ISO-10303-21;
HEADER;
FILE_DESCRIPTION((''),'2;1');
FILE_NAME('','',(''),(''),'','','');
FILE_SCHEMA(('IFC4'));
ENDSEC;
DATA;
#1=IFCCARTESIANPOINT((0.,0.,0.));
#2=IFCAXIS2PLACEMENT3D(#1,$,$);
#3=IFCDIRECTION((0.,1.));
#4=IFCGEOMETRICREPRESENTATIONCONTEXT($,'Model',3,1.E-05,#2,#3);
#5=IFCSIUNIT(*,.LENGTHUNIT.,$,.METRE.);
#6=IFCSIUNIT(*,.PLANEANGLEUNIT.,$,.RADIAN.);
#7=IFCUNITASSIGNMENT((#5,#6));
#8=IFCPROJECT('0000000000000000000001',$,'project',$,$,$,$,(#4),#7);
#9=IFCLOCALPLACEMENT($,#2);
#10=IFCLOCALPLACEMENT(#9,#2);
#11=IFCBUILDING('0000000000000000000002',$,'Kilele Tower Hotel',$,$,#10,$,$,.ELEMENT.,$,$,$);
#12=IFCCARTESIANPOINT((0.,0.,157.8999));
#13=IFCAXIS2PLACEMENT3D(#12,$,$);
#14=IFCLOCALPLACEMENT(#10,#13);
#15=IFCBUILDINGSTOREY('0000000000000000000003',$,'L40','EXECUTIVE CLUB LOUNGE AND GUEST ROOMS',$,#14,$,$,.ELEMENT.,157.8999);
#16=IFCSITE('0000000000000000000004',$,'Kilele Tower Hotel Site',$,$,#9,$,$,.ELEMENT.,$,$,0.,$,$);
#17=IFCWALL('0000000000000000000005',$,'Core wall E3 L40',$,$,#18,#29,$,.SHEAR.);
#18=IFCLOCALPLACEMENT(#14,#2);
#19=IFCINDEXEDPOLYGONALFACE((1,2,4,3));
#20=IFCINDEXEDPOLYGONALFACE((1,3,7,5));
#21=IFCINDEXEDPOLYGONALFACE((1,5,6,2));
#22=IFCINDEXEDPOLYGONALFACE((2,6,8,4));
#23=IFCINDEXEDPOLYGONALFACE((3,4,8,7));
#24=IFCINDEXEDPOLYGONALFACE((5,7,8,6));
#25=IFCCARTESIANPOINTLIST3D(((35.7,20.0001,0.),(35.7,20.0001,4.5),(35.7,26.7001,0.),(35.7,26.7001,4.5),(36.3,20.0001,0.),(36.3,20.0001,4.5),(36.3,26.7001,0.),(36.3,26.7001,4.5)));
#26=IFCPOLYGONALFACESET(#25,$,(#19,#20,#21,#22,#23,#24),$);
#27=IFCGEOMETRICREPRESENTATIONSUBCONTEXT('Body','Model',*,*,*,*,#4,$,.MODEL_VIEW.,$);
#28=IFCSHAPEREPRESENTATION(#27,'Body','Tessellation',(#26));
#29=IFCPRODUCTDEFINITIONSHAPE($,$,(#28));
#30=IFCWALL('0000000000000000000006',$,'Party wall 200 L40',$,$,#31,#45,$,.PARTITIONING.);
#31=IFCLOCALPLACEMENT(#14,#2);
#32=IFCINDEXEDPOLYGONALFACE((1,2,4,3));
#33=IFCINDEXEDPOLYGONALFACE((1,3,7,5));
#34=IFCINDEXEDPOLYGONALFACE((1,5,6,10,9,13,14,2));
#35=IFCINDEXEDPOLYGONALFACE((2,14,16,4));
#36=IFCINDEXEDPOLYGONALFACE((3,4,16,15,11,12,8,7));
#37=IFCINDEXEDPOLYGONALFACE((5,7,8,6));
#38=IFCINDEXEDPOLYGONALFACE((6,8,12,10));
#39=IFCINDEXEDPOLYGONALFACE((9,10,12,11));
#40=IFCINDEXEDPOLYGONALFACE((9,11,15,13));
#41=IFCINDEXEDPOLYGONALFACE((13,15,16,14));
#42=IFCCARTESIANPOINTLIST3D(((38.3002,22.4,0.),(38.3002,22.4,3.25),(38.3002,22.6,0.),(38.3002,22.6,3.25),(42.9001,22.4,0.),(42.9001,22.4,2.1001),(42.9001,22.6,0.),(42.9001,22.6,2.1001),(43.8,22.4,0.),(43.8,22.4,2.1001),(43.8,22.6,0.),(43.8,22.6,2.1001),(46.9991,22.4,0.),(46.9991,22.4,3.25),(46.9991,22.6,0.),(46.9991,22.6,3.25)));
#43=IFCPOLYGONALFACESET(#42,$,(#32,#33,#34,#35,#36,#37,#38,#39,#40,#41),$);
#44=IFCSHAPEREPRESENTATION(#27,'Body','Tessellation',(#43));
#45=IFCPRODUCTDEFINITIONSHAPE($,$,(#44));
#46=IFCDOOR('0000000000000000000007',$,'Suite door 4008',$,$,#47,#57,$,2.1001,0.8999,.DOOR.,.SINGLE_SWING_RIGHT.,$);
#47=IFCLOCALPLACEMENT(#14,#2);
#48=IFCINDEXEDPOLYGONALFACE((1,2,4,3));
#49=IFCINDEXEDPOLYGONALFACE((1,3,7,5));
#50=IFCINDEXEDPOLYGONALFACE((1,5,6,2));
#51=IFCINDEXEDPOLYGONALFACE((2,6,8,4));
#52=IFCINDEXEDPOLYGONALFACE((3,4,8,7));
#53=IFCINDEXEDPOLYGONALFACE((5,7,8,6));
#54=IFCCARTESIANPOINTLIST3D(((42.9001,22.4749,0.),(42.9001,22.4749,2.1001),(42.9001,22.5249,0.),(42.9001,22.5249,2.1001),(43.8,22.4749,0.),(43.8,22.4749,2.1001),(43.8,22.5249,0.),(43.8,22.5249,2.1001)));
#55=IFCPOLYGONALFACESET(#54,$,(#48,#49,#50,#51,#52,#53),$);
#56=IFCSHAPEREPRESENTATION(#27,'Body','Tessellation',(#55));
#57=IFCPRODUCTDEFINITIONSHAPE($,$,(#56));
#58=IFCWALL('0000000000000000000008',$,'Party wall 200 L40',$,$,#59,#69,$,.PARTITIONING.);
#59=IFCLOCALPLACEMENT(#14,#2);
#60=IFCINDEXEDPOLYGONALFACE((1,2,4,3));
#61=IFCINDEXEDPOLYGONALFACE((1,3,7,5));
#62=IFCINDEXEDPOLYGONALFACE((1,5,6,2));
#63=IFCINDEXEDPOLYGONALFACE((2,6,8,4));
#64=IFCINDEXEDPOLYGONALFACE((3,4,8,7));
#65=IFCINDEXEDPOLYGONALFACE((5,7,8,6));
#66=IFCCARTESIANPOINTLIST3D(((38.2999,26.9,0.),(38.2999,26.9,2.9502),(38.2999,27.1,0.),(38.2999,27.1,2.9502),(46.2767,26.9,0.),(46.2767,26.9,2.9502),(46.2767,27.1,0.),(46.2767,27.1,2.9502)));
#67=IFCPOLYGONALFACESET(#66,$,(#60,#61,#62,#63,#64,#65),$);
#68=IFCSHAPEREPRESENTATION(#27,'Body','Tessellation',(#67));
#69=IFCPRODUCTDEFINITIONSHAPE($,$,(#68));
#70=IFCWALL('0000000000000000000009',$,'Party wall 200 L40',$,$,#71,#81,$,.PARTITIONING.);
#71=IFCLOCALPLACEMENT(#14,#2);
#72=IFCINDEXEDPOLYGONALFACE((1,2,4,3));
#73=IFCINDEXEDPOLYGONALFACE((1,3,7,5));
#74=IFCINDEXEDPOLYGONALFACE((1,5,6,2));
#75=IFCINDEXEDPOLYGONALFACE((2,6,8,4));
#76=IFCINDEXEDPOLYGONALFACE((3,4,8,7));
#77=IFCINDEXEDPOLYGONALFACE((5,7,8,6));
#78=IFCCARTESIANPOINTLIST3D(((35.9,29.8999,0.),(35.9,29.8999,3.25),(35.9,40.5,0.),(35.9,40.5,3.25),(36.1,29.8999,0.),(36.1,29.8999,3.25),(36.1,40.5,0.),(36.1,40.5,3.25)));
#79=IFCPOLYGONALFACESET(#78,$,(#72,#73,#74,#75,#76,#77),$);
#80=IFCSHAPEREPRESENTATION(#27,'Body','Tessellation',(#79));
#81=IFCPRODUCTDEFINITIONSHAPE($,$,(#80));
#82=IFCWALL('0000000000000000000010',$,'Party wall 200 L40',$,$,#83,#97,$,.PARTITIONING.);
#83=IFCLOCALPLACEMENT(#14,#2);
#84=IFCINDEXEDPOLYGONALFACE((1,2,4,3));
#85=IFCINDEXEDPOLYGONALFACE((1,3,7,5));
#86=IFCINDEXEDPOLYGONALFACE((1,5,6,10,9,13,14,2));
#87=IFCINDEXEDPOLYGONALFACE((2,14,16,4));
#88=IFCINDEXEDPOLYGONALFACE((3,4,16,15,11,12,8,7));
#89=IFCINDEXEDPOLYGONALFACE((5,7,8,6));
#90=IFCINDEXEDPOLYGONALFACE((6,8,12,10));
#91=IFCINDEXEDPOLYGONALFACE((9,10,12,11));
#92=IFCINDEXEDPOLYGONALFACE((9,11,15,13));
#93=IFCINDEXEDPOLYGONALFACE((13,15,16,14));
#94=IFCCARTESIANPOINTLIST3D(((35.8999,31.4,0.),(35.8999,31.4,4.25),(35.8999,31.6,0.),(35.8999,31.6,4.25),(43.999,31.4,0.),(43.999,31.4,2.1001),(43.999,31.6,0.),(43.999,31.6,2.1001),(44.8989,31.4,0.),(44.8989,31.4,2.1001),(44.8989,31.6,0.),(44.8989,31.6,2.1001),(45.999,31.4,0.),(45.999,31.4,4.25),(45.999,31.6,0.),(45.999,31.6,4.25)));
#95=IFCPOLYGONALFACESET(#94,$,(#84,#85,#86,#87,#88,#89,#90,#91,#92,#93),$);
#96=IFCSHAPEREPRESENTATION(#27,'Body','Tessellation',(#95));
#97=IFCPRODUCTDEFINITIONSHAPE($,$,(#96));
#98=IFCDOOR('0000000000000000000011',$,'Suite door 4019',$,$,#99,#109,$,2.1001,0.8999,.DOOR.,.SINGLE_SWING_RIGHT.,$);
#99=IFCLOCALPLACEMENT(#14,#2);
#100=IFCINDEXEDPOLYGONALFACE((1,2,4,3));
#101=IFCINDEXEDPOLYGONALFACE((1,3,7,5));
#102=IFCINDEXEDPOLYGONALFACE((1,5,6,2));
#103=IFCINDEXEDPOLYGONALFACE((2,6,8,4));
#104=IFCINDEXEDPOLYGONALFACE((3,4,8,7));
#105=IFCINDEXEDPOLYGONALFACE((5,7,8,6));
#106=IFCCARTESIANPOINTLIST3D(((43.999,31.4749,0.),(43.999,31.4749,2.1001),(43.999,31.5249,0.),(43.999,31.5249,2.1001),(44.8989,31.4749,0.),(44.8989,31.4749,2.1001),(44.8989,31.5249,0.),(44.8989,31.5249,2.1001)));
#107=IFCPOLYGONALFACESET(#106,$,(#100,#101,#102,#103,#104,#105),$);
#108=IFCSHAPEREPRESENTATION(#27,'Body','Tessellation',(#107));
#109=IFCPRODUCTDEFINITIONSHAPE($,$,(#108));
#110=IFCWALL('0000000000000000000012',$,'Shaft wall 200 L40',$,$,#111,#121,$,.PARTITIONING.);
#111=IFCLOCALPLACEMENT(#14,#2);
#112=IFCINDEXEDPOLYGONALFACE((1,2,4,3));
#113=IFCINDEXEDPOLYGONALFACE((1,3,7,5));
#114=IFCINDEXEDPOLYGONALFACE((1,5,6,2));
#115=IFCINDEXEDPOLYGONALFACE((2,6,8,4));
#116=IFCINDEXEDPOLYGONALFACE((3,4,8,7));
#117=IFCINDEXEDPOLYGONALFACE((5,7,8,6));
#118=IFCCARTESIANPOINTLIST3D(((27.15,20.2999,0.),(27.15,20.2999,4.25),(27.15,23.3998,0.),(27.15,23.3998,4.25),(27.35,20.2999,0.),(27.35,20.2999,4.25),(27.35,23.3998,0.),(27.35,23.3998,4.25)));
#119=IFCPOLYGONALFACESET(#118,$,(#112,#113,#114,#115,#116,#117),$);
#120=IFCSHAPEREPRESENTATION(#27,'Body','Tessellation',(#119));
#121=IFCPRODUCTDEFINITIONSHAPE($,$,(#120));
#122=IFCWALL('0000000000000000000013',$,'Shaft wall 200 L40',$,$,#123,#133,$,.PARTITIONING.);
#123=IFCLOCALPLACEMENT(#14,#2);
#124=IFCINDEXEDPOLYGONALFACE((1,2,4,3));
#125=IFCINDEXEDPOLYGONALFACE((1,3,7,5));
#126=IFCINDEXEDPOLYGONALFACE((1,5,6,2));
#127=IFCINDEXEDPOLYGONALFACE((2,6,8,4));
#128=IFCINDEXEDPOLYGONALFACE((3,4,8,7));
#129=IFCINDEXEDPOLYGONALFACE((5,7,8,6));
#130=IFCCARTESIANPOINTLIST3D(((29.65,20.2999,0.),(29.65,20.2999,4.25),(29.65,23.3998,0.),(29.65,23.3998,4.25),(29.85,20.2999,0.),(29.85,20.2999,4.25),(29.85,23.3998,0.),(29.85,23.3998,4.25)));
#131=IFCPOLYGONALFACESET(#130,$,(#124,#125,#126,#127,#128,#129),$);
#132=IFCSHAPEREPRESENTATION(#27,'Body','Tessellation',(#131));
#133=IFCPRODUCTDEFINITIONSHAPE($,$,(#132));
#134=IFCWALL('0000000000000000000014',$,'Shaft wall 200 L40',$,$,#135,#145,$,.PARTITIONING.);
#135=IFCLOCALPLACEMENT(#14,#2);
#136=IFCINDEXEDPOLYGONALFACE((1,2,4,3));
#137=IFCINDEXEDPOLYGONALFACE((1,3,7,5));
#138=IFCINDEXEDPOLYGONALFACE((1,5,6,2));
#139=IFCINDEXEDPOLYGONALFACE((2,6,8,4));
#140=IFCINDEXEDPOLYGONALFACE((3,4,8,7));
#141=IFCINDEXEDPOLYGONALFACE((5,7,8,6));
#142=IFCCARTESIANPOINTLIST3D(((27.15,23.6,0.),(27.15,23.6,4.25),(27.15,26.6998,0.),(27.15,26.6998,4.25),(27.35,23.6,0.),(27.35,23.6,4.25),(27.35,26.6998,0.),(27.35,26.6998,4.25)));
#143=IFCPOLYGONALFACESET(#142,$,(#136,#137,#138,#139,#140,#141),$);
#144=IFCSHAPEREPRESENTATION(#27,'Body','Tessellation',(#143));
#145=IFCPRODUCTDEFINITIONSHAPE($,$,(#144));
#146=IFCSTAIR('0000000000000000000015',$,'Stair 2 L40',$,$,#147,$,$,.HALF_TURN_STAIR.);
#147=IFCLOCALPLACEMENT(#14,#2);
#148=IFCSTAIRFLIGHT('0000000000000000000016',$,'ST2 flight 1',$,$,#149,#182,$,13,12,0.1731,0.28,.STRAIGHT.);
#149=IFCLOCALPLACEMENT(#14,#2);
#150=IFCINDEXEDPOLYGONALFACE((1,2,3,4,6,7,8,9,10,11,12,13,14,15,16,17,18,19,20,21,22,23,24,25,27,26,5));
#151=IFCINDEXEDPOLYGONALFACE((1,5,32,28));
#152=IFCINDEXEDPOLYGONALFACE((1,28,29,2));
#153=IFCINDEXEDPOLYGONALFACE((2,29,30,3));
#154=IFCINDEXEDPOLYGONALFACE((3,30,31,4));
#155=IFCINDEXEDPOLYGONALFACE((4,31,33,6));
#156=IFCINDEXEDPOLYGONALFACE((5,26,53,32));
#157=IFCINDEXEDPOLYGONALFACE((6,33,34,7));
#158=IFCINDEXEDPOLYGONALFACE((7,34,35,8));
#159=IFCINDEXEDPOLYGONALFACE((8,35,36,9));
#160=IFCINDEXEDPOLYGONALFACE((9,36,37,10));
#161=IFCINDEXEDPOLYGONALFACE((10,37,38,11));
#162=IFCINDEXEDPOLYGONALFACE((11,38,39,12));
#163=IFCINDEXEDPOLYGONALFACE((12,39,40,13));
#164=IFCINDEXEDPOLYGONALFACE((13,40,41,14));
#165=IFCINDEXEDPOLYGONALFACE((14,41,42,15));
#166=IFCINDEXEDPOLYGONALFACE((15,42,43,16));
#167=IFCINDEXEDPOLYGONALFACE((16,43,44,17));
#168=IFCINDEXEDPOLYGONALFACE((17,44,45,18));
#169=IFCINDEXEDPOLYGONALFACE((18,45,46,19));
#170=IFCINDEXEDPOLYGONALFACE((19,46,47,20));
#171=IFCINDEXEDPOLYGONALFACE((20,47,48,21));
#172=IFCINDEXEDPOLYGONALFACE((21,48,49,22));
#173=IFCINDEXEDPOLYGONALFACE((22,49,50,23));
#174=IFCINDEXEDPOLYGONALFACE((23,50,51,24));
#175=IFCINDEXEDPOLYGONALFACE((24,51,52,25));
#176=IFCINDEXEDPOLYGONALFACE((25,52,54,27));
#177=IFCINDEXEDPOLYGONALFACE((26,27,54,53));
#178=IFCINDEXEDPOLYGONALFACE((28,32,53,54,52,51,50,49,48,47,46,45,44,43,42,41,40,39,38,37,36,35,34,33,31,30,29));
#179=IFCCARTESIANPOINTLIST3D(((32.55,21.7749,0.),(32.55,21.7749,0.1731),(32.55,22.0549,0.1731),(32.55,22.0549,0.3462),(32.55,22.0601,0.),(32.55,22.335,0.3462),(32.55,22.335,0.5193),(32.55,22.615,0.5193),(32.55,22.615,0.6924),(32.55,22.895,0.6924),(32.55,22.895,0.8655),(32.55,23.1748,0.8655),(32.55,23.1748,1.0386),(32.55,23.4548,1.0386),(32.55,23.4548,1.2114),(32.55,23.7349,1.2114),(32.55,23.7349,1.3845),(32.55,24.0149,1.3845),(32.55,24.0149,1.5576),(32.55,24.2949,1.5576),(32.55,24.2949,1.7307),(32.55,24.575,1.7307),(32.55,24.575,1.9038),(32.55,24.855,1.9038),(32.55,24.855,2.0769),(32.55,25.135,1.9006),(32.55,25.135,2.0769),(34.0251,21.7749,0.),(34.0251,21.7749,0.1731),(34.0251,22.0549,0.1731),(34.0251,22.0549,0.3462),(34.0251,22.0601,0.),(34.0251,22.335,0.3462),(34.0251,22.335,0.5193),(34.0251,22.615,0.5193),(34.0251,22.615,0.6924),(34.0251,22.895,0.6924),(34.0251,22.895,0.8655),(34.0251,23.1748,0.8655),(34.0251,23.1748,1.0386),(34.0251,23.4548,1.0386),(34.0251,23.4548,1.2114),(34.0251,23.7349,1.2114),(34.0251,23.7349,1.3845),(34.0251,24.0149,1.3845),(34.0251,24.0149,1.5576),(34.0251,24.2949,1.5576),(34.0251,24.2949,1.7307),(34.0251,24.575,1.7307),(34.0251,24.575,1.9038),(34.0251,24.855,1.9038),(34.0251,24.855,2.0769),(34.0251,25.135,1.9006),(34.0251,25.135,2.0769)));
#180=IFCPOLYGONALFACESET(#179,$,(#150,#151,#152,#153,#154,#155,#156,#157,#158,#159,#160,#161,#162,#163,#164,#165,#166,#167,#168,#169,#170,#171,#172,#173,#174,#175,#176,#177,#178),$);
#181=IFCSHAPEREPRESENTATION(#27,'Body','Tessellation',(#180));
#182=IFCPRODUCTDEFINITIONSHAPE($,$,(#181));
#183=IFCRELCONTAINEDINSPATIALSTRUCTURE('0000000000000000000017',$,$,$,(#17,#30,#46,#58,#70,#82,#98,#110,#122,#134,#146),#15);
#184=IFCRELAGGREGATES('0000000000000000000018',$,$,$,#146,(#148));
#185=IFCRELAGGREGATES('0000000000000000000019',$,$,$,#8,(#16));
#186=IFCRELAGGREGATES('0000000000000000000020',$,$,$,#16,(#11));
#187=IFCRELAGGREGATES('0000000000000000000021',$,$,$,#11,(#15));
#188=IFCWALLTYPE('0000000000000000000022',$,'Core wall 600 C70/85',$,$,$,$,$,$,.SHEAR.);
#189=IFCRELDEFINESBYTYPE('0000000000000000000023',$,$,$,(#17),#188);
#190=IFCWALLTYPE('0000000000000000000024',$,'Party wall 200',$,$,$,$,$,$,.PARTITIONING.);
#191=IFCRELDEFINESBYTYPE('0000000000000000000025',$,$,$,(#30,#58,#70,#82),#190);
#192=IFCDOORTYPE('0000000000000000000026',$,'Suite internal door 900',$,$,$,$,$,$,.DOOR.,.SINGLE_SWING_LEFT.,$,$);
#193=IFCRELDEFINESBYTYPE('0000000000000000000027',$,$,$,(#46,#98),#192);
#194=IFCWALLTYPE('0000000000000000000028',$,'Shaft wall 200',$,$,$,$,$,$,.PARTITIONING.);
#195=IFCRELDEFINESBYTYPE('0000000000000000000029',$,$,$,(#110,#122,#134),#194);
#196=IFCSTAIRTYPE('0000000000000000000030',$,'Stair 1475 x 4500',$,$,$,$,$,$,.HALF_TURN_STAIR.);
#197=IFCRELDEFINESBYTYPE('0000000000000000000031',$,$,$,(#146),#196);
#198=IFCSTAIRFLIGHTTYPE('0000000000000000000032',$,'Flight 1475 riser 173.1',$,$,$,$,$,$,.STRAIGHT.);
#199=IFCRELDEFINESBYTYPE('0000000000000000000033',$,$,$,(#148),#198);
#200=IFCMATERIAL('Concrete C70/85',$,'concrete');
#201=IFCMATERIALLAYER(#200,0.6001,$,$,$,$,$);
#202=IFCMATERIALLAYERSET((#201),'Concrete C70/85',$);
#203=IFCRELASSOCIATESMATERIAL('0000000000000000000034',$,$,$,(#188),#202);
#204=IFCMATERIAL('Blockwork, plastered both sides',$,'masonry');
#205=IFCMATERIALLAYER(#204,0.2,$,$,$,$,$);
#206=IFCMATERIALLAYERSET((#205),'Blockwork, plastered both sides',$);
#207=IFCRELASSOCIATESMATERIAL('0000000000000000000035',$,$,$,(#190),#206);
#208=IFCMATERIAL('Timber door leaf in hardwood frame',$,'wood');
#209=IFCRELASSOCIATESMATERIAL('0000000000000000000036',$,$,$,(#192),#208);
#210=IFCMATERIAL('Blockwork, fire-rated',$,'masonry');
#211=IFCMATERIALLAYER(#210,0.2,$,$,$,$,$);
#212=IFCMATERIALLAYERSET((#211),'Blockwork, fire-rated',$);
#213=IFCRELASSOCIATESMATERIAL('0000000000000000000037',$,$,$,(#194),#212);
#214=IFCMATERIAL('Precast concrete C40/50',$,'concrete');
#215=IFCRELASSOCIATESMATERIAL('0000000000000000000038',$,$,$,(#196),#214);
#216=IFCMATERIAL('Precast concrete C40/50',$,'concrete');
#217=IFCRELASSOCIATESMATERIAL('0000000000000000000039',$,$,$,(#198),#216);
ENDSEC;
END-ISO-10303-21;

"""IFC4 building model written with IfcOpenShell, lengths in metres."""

from ifc_helpers import new_model, si_unit, direction, frame, frame_2d, origin, place, context, subcontext, project, spatial, polyline, rectangle, outline, extrude, material, layer, layer_set, type_object, element, fill, aggregate, save


model = new_model("IFC4")

# Units and contexts
model_context = context("Model", 3, precision=1e-05, world=origin(), true_north=direction((0.0, 1.0)))
body_context = subcontext(model_context, "Body", "Model", "MODEL_VIEW")
ifc_project = project(units=[si_unit("LENGTHUNIT", "METRE"), si_unit("PLANEANGLEUNIT", "RADIAN")], contexts=[model_context])

# Site, building, storey
site_placement = place(None, origin())
site = spatial("IfcSite", under=ifc_project, at=site_placement, Name="Kilele Tower Hotel Site", CompositionType="ELEMENT", RefElevation=0.0)
building_placement = place(site_placement, origin())
building = spatial("IfcBuilding", under=site, at=building_placement, Name="Kilele Tower Hotel", CompositionType="ELEMENT")
storey_placement = place(building_placement, frame((0.0, 0.0, 157.8999)))
storey = spatial("IfcBuildingStorey", under=building, at=storey_placement, Name="L40", Description="EXECUTIVE CLUB LOUNGE AND GUEST ROOMS", CompositionType="ELEMENT", Elevation=157.8999)

# Shared definitions
ifc_material_1 = material(Name="Concrete C70/85", Category="concrete")
ifc_layer_1 = layer(ifc_material_1, 0.6001)
ifc_layer_set_1 = layer_set([ifc_layer_1], Name="Concrete C70/85")
wall_type_1 = type_object("IfcWallType", Name="Core wall 600 C70/85", PredefinedType="SHEAR", material=ifc_layer_set_1)

# Wall
wall_1_placement = place(storey_placement, frame((36.0, 20.0, 0.0), z_axis=(0.0, 0.0, 1.0), x_axis=(0.0, 1.0, 0.0)))
element("IfcWall", 1, at=wall_1_placement, inside=storey, type_object=wall_type_1, Name="Core wall E3 L40", PredefinedType="SHEAR", context=body_context, shape_type="SweptSolid", body=[
    extrude(rectangle(XDim=6.7, YDim=0.6001, at=frame_2d((3.3501, 0.0))), origin(), (0.0, 0.0, 1.0), 4.5),
])

# Wall, opening, door
ifc_material_2 = material(Name="Blockwork, plastered both sides", Category="masonry")
ifc_layer_2 = layer(ifc_material_2, 0.2)
ifc_layer_set_2 = layer_set([ifc_layer_2], Name="Blockwork, plastered both sides")
wall_type_2 = type_object("IfcWallType", Name="Party wall 200", PredefinedType="PARTITIONING", material=ifc_layer_set_2)
wall_2_placement = place(storey_placement, frame((38.3, 22.5, 0.0), z_axis=(0.0, 0.0, 1.0), x_axis=(1.0, 0.0, 0.0)))
wall_2 = element("IfcWall", 2, at=wall_2_placement, inside=storey, type_object=wall_type_2, Name="Party wall 200 L40", PredefinedType="PARTITIONING", context=body_context, shape_type="SweptSolid", body=[
    extrude(rectangle(XDim=8.699, YDim=0.2, at=frame_2d((4.3496, 0.0))), origin(), (0.0, 0.0, 1.0), 3.25),
])
opening_1_placement = place(wall_2_placement, frame((4.6001, 0.0, 0.0)))
opening_1 = element("IfcOpeningElement", 3, at=opening_1_placement, cuts=wall_2, PredefinedType="OPENING", context=body_context, shape_type="SweptSolid", body=[
    extrude(rectangle(XDim=0.8999, YDim=2.1001, at=frame_2d((0.45, 1.05))), frame((0.0, 0.1099, 0.0), z_axis=(0.0, -1.0, 0.0), x_axis=(1.0, 0.0, 0.0)), (0.0, 0.0, 1.0), 0.22),
])
ifc_material_3 = material(Name="Timber door leaf in hardwood frame", Category="wood")
door_type_1 = type_object("IfcDoorType", Name="Suite internal door 900", OperationType="SINGLE_SWING_LEFT", PredefinedType="DOOR", material=ifc_material_3)
door_1_placement = place(opening_1_placement, origin())
door_1 = element("IfcDoor", 4, at=door_1_placement, inside=storey, type_object=door_type_1, Name="Suite door 4008", OperationType="SINGLE_SWING_RIGHT", OverallHeight=2.1001, OverallWidth=0.8999, PredefinedType="DOOR", context=body_context, shape_type="SweptSolid", body=[
    extrude(rectangle(XDim=0.8999, YDim=2.1001, at=frame_2d((0.45, 1.05))), frame((0.0, 0.0249, 0.0), z_axis=(0.0, -1.0, 0.0), x_axis=(1.0, 0.0, 0.0)), (0.0, 0.0, 1.0), 0.05),
])
fill(opening_1, door_1)

# Walls
wall_3_placement = place(storey_placement, frame((38.3, 27.0, 0.0), z_axis=(0.0, 0.0, 1.0), x_axis=(1.0, 0.0, 0.0)))
element("IfcWall", 5, at=wall_3_placement, inside=storey, type_object=wall_type_2, Name="Party wall 200 L40", PredefinedType="PARTITIONING", context=body_context, shape_type="SweptSolid", body=[
    extrude(rectangle(XDim=7.9768, YDim=0.2, at=frame_2d((3.9883, 0.0))), origin(), (0.0, 0.0, 1.0), 2.9502),
])
wall_4_placement = place(storey_placement, frame((36.0, 29.8999, 0.0), z_axis=(0.0, 0.0, 1.0), x_axis=(0.0, 1.0, 0.0)))
element("IfcWall", 6, at=wall_4_placement, inside=storey, type_object=wall_type_2, Name="Party wall 200 L40", PredefinedType="PARTITIONING", context=body_context, shape_type="SweptSolid", body=[
    extrude(rectangle(XDim=10.6001, YDim=0.2, at=frame_2d((5.3, 0.0))), origin(), (0.0, 0.0, 1.0), 3.25),
])

# Wall, opening, door
wall_5_placement = place(storey_placement, frame((35.8999, 31.5, 0.0), z_axis=(0.0, 0.0, 1.0), x_axis=(1.0, 0.0, 0.0)))
wall_5 = element("IfcWall", 7, at=wall_5_placement, inside=storey, type_object=wall_type_2, Name="Party wall 200 L40", PredefinedType="PARTITIONING", context=body_context, shape_type="SweptSolid", body=[
    extrude(rectangle(XDim=10.0991, YDim=0.2, at=frame_2d((5.0496, 0.0))), origin(), (0.0, 0.0, 1.0), 4.25),
])
opening_2_placement = place(wall_5_placement, frame((8.0991, 0.0, 0.0)))
opening_2 = element("IfcOpeningElement", 8, at=opening_2_placement, cuts=wall_5, PredefinedType="OPENING", context=body_context, shape_type="SweptSolid", body=[
    extrude(rectangle(XDim=0.8999, YDim=2.1001, at=frame_2d((0.45, 1.05))), frame((0.0, 0.1099, 0.0), z_axis=(0.0, -1.0, 0.0), x_axis=(1.0, 0.0, 0.0)), (0.0, 0.0, 1.0), 0.22),
])
door_2_placement = place(opening_2_placement, origin())
door_2 = element("IfcDoor", 9, at=door_2_placement, inside=storey, type_object=door_type_1, Name="Suite door 4019", OperationType="SINGLE_SWING_RIGHT", OverallHeight=2.1001, OverallWidth=0.8999, PredefinedType="DOOR", context=body_context, shape_type="SweptSolid", body=[
    extrude(rectangle(XDim=0.8999, YDim=2.1001, at=frame_2d((0.45, 1.05))), frame((0.0, 0.0249, 0.0), z_axis=(0.0, -1.0, 0.0), x_axis=(1.0, 0.0, 0.0)), (0.0, 0.0, 1.0), 0.05),
])
fill(opening_2, door_2)

# Walls
ifc_material_4 = material(Name="Blockwork, fire-rated", Category="masonry")
ifc_layer_3 = layer(ifc_material_4, 0.2)
ifc_layer_set_3 = layer_set([ifc_layer_3], Name="Blockwork, fire-rated")
wall_type_3 = type_object("IfcWallType", Name="Shaft wall 200", PredefinedType="PARTITIONING", material=ifc_layer_set_3)
for number, where, z_axis, x_axis, name in (
    (10, (27.25, 20.3, 0.0), (0.0, 0.0, 1.0), (0.0, 1.0, 0.0), "Shaft wall 200 L40"),
    (11, (29.75, 20.3, 0.0), (0.0, 0.0, 1.0), (0.0, 1.0, 0.0), "Shaft wall 200 L40"),
    (12, (27.25, 23.6001, 0.0), (0.0, 0.0, 1.0), (0.0, 1.0, 0.0), "Shaft wall 200 L40"),
):
    element("IfcWall", number, at=place(storey_placement, frame(where, z_axis=z_axis, x_axis=x_axis)), inside=storey, type_object=wall_type_3, Name=name, PredefinedType="PARTITIONING", context=body_context, shape_type="SweptSolid", body=[
        extrude(rectangle(XDim=3.0999, YDim=0.2, at=frame_2d((1.5498, 0.0))), origin(), (0.0, 0.0, 1.0), 4.25),
    ])

# Stair, stair flight
ifc_material_5 = material(Name="Precast concrete C40/50", Category="concrete")
stair_type = type_object("IfcStairType", Name="Stair 1475 x 4500", PredefinedType="HALF_TURN_STAIR", material=ifc_material_5)
stair_placement = place(storey_placement, origin())
stair = element("IfcStair", 13, at=stair_placement, inside=storey, type_object=stair_type, Name="Stair 2 L40", PredefinedType="HALF_TURN_STAIR")
ifc_material_6 = material(Name="Precast concrete C40/50", Category="concrete")
stair_flight_type = type_object("IfcStairFlightType", Name="Flight 1475 riser 173.1", PredefinedType="STRAIGHT", material=ifc_material_6)
stair_flight_1_placement = place(storey_placement, frame((33.2876, 21.7749, 0.0), z_axis=(0.0, 0.0, 1.0), x_axis=(0.0, 1.0, 0.0)))
stair_flight_1 = element("IfcStairFlight", 14, at=stair_flight_1_placement, type_object=stair_flight_type, Name="ST2 flight 1", NumberOfRisers=13, NumberOfTreads=12, PredefinedType="STRAIGHT", RiserHeight=0.1731, TreadLength=0.28, context=body_context, shape_type="SweptSolid", body=[
    extrude(outline(polyline([(0.0, 0.0), (0.0, 0.1731), (0.28, 0.1731), (0.28, 0.3462), (0.5601, 0.3462), (0.5601, 0.5193), (0.8401, 0.5193), (0.8401, 0.6924), (1.1201, 0.6924), (1.1201, 0.8655), (1.3999, 0.8655), (1.3999, 1.0386), (1.6799, 1.0386), (1.6799, 1.2114), (1.96, 1.2114), (1.96, 1.3845), (2.24, 1.3845), (2.24, 1.5576), (2.52, 1.5576), (2.52, 1.7307), (2.8, 1.7307), (2.8, 1.9038), (3.0801, 1.9038), (3.0801, 2.0769), (3.3601, 2.0769), (3.3601, 2.25), (3.3601, 1.9006), (0.2852, 0.0), (0.0, 0.0)])), frame((0.0, 0.7375, 0.0), z_axis=(0.0, -1.0, 0.0), x_axis=(1.0, 0.0, 0.0)), (0.0, 0.0, 1.0), 1.4751),
])
aggregate(stair, [stair_flight_1])

save(model, "model.ifc")
